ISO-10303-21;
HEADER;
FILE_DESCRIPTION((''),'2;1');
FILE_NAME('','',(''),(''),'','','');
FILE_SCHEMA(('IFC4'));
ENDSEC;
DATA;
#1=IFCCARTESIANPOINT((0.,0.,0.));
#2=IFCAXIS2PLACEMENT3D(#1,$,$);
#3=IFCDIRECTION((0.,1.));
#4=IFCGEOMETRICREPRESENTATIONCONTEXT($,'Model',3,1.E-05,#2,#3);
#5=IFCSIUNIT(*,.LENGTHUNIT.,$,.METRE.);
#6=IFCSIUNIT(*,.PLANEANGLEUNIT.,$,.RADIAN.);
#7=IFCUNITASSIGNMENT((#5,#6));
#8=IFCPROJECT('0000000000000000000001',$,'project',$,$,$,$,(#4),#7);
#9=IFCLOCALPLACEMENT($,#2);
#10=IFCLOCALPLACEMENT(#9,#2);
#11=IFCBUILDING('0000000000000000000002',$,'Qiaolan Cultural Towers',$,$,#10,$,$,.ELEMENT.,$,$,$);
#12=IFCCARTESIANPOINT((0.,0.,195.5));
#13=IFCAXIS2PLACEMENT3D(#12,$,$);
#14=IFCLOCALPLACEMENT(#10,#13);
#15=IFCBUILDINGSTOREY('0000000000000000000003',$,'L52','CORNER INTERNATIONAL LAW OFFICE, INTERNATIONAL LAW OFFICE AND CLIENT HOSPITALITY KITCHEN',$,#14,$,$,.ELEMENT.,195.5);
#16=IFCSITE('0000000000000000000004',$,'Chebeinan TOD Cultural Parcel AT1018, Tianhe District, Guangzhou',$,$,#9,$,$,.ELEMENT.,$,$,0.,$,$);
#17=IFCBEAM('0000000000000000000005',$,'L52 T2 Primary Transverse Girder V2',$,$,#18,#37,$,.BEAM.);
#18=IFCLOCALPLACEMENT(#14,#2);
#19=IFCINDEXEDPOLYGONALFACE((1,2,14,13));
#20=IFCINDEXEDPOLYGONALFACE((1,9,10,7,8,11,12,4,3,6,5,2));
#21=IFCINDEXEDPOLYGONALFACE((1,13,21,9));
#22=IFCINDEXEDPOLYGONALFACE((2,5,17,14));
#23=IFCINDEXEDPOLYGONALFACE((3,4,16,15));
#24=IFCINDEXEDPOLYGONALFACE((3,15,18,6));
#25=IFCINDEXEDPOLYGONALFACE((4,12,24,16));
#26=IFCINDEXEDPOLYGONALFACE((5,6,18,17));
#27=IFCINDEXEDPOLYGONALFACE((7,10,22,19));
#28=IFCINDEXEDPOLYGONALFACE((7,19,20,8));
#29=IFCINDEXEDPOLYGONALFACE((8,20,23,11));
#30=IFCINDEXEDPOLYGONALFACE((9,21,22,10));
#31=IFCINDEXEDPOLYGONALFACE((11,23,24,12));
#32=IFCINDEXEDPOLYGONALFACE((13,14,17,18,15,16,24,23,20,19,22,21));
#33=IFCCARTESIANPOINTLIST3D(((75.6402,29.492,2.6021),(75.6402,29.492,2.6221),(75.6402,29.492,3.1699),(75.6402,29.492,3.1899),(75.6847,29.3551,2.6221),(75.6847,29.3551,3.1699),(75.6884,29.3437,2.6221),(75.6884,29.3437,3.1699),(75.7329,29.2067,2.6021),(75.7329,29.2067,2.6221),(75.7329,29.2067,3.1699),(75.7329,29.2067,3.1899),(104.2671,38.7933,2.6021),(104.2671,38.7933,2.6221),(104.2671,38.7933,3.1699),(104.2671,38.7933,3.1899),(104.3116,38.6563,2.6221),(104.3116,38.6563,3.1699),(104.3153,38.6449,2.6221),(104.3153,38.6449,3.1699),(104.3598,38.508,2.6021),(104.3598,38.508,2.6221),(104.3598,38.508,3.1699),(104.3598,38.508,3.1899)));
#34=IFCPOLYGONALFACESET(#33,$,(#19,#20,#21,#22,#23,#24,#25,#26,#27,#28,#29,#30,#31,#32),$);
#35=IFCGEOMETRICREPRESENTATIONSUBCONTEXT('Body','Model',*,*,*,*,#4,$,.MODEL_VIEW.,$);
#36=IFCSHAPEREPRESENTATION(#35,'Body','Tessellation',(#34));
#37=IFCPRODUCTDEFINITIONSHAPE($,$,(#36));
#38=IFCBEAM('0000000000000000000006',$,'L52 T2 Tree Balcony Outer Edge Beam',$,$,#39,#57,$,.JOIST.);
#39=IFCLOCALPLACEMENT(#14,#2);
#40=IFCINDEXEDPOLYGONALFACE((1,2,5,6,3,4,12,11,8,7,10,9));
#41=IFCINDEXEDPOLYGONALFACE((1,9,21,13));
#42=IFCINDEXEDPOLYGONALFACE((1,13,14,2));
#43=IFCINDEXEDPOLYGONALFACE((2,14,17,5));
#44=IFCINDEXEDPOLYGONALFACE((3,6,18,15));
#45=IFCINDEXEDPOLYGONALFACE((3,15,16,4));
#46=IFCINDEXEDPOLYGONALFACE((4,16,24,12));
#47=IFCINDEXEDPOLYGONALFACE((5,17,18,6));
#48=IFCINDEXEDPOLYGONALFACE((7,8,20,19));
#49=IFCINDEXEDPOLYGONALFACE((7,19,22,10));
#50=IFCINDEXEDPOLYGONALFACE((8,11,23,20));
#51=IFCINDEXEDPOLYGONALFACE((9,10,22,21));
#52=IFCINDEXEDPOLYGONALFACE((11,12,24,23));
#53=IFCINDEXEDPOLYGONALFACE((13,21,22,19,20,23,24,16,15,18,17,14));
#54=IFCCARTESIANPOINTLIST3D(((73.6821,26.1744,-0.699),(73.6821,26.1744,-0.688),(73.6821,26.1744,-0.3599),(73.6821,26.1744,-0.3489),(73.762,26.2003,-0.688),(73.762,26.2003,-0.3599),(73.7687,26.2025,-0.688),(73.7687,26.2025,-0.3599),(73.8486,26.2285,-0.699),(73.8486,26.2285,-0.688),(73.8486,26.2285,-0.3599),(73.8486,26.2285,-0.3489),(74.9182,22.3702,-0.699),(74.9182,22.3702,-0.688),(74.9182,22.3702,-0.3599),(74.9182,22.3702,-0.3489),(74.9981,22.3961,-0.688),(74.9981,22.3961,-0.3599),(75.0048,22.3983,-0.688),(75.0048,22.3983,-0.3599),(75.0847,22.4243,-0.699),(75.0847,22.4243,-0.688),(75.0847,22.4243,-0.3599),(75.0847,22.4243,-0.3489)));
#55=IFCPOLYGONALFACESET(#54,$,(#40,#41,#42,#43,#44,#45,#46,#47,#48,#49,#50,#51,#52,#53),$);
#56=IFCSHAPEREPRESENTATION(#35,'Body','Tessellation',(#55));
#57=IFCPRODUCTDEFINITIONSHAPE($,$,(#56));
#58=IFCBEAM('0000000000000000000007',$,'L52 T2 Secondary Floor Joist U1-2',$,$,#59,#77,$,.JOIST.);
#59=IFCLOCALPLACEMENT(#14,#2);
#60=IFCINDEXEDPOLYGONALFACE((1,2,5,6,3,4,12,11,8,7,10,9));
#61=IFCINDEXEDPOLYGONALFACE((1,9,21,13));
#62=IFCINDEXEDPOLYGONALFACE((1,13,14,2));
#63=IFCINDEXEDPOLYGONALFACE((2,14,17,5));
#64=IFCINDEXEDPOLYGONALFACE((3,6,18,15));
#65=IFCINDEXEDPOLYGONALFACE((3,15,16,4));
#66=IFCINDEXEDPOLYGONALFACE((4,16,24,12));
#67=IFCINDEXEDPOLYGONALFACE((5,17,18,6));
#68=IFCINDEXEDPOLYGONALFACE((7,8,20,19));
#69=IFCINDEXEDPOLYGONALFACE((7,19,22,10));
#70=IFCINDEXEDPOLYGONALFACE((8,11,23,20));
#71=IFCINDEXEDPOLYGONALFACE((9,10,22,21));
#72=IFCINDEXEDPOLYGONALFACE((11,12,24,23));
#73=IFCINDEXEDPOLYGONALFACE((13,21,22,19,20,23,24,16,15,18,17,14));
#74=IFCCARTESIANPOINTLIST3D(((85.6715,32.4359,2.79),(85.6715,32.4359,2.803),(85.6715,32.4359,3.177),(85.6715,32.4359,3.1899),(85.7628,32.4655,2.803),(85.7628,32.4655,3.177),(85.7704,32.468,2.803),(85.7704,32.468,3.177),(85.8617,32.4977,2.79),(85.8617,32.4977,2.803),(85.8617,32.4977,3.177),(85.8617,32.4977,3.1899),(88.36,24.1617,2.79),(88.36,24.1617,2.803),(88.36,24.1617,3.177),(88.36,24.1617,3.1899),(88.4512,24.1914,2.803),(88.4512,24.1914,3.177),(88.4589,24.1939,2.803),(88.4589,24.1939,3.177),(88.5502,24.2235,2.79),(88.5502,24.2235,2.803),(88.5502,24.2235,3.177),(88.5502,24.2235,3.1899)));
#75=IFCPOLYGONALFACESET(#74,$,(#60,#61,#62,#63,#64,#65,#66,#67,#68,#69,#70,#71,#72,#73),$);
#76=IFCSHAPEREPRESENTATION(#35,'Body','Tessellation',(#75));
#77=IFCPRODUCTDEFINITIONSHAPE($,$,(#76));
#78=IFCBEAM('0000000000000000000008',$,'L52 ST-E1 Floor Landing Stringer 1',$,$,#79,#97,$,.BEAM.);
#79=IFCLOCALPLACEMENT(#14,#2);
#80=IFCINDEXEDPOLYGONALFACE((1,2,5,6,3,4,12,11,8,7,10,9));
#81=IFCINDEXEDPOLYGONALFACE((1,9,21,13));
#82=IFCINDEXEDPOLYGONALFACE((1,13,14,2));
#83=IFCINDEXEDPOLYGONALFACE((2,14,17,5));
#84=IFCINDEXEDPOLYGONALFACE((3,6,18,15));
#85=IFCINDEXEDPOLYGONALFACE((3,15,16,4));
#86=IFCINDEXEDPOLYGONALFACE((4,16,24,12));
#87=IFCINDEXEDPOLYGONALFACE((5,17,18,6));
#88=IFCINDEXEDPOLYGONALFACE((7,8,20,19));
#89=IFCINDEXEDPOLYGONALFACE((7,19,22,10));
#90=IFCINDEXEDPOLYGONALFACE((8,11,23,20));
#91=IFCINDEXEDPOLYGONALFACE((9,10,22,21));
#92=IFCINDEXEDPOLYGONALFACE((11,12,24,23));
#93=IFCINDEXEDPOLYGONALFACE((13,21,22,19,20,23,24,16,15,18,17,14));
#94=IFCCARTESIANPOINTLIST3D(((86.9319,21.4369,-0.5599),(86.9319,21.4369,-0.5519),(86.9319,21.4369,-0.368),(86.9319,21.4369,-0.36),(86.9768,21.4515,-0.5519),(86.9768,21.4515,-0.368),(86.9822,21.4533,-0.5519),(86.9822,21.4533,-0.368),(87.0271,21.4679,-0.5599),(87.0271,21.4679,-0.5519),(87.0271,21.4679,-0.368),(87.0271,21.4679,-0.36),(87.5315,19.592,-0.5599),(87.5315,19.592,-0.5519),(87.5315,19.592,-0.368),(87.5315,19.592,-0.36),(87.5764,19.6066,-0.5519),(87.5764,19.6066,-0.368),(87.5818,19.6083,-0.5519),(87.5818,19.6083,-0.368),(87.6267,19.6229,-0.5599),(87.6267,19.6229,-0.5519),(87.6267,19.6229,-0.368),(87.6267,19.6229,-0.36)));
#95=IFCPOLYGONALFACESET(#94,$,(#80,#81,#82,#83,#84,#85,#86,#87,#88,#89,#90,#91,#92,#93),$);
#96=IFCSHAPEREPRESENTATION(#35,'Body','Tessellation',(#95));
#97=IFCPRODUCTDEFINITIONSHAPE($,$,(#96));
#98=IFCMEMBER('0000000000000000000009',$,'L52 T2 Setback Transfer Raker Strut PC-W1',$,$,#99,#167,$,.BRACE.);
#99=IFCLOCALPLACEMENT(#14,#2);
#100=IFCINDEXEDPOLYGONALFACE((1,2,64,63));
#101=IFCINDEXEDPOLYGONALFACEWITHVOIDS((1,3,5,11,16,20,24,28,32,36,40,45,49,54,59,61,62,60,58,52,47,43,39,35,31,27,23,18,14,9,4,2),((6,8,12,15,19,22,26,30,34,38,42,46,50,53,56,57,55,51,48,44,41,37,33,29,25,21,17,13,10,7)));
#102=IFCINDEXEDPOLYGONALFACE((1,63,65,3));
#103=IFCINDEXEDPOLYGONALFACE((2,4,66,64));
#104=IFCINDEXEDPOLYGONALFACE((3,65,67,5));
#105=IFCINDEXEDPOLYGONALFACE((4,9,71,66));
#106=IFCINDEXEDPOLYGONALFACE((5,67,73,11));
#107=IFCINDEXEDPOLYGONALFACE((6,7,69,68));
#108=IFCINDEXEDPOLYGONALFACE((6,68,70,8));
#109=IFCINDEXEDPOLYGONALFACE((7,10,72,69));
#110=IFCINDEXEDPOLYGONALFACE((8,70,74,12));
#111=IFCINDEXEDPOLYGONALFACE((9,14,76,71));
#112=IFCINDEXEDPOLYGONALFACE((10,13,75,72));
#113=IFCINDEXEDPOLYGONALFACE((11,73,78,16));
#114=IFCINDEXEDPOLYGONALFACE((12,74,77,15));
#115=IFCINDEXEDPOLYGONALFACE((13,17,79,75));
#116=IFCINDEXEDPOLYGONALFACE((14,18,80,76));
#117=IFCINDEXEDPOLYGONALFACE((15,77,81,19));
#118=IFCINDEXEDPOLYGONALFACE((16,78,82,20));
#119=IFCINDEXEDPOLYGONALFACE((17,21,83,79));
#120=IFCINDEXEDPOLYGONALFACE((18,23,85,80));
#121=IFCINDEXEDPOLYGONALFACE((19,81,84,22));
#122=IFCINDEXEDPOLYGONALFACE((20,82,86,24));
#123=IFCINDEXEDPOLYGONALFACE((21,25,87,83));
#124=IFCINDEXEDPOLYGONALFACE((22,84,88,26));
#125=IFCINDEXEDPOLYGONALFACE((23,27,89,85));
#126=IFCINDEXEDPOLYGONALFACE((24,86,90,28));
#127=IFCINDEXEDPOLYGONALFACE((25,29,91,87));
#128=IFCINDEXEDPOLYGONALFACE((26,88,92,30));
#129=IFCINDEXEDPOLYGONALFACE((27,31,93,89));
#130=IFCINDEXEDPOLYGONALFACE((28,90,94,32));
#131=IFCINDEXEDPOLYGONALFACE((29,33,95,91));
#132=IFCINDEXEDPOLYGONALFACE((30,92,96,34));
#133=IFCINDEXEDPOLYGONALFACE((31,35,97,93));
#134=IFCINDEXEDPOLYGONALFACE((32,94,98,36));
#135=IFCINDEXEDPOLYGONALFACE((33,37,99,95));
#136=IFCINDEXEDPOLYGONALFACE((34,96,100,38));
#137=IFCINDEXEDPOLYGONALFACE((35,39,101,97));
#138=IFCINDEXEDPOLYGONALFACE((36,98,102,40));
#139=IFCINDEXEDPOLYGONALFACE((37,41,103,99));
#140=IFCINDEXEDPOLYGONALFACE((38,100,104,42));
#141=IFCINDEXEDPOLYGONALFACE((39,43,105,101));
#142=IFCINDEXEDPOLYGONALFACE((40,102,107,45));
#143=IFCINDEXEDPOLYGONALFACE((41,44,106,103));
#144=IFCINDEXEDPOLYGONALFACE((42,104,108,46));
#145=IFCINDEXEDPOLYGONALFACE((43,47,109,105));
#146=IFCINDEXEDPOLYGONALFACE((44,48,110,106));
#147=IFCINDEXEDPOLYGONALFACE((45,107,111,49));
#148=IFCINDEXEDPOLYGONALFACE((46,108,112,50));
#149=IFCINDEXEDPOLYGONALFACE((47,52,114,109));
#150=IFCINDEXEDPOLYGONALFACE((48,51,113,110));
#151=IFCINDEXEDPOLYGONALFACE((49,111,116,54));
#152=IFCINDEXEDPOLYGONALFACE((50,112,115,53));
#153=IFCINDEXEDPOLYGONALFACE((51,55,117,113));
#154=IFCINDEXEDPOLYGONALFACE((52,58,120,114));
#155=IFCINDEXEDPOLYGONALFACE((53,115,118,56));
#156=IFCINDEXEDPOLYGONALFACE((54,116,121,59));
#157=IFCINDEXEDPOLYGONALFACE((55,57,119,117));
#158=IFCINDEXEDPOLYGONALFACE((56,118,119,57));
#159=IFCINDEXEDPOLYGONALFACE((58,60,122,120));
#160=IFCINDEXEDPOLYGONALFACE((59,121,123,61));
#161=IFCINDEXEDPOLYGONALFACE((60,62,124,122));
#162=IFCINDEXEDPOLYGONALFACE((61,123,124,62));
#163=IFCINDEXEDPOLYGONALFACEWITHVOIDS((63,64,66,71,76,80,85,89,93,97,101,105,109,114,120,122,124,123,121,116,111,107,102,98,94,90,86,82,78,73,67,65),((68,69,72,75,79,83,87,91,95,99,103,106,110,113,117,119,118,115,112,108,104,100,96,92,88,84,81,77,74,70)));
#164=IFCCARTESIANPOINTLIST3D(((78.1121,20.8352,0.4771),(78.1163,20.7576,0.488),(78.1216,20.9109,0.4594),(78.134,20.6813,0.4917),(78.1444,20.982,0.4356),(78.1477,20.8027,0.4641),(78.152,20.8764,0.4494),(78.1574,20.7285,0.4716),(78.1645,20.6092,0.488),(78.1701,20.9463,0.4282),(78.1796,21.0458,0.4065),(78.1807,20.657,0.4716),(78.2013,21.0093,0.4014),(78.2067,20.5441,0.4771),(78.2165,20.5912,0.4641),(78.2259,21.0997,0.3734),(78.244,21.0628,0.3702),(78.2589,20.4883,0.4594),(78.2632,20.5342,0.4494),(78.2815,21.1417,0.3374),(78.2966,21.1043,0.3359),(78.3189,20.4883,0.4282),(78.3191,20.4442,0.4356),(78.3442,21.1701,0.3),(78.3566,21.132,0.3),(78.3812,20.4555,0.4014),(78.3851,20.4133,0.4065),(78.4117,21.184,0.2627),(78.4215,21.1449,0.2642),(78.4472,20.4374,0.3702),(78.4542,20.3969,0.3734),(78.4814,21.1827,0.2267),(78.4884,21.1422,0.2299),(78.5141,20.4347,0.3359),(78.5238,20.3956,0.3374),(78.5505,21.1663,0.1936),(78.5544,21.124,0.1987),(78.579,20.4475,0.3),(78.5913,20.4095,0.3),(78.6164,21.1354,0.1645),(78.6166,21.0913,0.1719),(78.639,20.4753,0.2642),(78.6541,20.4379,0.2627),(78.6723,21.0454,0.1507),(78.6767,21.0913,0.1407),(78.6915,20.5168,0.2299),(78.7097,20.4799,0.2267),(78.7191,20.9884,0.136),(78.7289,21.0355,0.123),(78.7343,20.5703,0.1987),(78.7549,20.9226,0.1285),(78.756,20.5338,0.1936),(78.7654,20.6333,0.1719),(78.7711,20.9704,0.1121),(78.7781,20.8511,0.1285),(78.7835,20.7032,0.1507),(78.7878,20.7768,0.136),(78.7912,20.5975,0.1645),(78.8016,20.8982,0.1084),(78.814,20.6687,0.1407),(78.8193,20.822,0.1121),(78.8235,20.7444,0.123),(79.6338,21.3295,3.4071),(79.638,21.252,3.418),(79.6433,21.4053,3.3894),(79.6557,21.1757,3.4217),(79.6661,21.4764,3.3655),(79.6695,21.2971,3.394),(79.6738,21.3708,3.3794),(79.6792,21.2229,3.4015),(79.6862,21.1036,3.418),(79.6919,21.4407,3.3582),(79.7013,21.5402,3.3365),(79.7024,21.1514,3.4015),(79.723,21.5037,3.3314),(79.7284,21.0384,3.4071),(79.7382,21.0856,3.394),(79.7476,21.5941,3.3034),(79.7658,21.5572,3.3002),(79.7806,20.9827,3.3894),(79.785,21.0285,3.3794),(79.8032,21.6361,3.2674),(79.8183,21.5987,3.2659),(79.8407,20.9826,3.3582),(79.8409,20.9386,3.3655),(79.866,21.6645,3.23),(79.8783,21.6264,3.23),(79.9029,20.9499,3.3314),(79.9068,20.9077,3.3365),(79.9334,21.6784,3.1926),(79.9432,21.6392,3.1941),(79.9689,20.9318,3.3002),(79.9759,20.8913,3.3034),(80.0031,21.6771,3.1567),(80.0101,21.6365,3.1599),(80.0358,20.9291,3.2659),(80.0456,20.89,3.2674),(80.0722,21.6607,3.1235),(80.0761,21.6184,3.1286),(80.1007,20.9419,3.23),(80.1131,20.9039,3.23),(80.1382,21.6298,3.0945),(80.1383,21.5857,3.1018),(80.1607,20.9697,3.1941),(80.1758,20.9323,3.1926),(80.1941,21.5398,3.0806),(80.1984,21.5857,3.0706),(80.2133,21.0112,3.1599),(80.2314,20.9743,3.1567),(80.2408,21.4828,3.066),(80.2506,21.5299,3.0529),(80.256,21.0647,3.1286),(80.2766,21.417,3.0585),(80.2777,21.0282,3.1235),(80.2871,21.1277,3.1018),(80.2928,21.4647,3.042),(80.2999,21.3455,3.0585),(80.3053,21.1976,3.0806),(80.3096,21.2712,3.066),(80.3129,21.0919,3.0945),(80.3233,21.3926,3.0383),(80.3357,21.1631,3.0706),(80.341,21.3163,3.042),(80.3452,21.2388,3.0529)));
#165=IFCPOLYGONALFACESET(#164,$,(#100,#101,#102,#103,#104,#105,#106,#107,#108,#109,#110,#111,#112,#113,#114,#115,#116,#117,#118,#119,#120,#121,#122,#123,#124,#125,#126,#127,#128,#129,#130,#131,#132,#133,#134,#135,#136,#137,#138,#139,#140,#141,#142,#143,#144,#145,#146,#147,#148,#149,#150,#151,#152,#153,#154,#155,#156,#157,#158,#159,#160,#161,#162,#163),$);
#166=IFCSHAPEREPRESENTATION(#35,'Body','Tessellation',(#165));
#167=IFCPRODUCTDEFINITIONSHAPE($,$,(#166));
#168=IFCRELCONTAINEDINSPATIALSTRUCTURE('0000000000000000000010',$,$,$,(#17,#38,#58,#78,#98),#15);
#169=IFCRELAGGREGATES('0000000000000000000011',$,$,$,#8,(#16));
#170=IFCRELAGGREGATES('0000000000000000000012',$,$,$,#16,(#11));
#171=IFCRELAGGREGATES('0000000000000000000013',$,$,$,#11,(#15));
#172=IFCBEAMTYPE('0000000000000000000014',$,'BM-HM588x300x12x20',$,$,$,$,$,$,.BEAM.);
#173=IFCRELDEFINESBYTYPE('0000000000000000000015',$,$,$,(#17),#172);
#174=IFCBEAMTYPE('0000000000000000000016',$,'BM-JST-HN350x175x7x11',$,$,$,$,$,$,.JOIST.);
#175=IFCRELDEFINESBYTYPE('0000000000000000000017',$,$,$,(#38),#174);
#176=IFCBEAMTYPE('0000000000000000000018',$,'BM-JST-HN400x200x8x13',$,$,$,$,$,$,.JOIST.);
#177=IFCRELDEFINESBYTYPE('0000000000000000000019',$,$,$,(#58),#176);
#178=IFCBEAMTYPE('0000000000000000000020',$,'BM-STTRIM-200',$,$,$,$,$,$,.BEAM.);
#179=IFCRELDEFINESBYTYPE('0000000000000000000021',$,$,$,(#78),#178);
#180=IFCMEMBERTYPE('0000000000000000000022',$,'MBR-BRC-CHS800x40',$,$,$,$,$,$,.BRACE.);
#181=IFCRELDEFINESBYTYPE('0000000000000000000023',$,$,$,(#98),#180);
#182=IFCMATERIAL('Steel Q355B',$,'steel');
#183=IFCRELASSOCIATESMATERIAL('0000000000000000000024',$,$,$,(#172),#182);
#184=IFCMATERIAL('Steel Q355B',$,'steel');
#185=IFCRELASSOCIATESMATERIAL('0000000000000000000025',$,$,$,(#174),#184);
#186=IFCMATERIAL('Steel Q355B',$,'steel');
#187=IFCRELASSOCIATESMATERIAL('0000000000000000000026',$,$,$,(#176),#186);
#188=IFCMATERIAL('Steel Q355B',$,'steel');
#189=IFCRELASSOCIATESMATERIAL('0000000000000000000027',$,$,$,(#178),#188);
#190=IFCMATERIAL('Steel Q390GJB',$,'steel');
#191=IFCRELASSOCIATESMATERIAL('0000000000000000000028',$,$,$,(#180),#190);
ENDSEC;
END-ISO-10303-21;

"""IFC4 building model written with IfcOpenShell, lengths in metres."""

from ifc_helpers import new_model, si_unit, direction, frame, origin, origin_2d, place, context, subcontext, project, spatial, hollow_circle, i_section, extrude, material, material_profile, profile_set, type_object, element, save


model = new_model("IFC4")

# Units and contexts
model_context = context("Model", 3, precision=1e-05, world=origin(), true_north=direction((0.0, 1.0)))
body_context = subcontext(model_context, "Body", "Model", "MODEL_VIEW")
ifc_project = project(units=[si_unit("LENGTHUNIT", "METRE"), si_unit("PLANEANGLEUNIT", "RADIAN")], contexts=[model_context])

# Site, building, storey
site_placement = place(None, origin())
site = spatial("IfcSite", under=ifc_project, at=site_placement, Name="Chebeinan TOD Cultural Parcel AT1018, Tianhe District, Guangzhou", CompositionType="ELEMENT", RefElevation=0.0)
building_placement = place(site_placement, origin())
building = spatial("IfcBuilding", under=site, at=building_placement, Name="Qiaolan Cultural Towers", CompositionType="ELEMENT")
storey_placement = place(building_placement, frame((0.0, 0.0, 195.5)))
storey = spatial("IfcBuildingStorey", under=building, at=storey_placement, Name="L52", Description="CORNER INTERNATIONAL LAW OFFICE, INTERNATIONAL LAW OFFICE AND CLIENT HOSPITALITY KITCHEN", CompositionType="ELEMENT", Elevation=195.5)

# Beams
ifc_material_1 = material(Name="Steel Q355B", Category="steel")
ifc_material_profile_1 = material_profile(ifc_material_1, i_section(OverallWidth=0.3, OverallDepth=0.5879, WebThickness=0.012, FlangeThickness=0.02, at=origin_2d()), Name="HM588x300x12x20")
ifc_profile_set_1 = profile_set([ifc_material_profile_1], Name="Steel Q355B")
beam_type_1 = type_object("IfcBeamType", Name="BM-HM588x300x12x20", PredefinedType="BEAM", material=ifc_profile_set_1)
beam_1_placement = place(storey_placement, frame((75.6865, 29.3494, 2.896), z_axis=(0.951058, 0.309011, 0.0), x_axis=(-0.309011, 0.951058, 0.0)))
element("IfcBeam", 1, at=beam_1_placement, inside=storey, type_object=beam_type_1, Name="L52 T2 Primary Transverse Girder V2", PredefinedType="BEAM", context=body_context, shape_type="SweptSolid", body=[
    extrude(i_section(OverallWidth=0.3, OverallDepth=0.5879, WebThickness=0.012, FlangeThickness=0.02, at=origin_2d()), origin(), (0.0, 0.0, 1.0), 30.1001),
])
ifc_material_2 = material(Name="Steel Q355B", Category="steel")
ifc_material_profile_2 = material_profile(ifc_material_2, i_section(OverallWidth=0.175, OverallDepth=0.3501, WebThickness=0.0071, FlangeThickness=0.011, at=origin_2d()), Name="HN350x175x7x11")
ifc_profile_set_2 = profile_set([ifc_material_profile_2], Name="Steel Q355B")
beam_type_2 = type_object("IfcBeamType", Name="BM-JST-HN350x175x7x11", PredefinedType="JOIST", material=ifc_profile_set_2)
beam_2_placement = place(storey_placement, frame((75.0015, 22.3972, -0.5239), z_axis=(-0.309023, 0.951055, 0.0), x_axis=(-0.951055, -0.309023, 0.0)))
element("IfcBeam", 2, at=beam_2_placement, inside=storey, type_object=beam_type_2, Name="L52 T2 Tree Balcony Outer Edge Beam", PredefinedType="JOIST", context=body_context, shape_type="SweptSolid", body=[
    extrude(i_section(OverallWidth=0.175, OverallDepth=0.3501, WebThickness=0.0071, FlangeThickness=0.011, at=origin_2d()), origin(), (0.0, 0.0, 1.0), 4.0),
])
ifc_material_3 = material(Name="Steel Q355B", Category="steel")
ifc_material_profile_3 = material_profile(ifc_material_3, i_section(OverallWidth=0.2, OverallDepth=0.3999, WebThickness=0.0081, FlangeThickness=0.0129, at=origin_2d()), Name="HN400x200x8x13")
ifc_profile_set_3 = profile_set([ifc_material_profile_3], Name="Steel Q355B")
beam_type_3 = type_object("IfcBeamType", Name="BM-JST-HN400x200x8x13", PredefinedType="JOIST", material=ifc_profile_set_3)
beam_3_placement = place(storey_placement, frame((88.4551, 24.1926, 2.99), z_axis=(-0.309021, 0.951055, 0.0), x_axis=(-0.951055, -0.309021, 0.0)))
element("IfcBeam", 3, at=beam_3_placement, inside=storey, type_object=beam_type_3, Name="L52 T2 Secondary Floor Joist U1-2", PredefinedType="JOIST", context=body_context, shape_type="SweptSolid", body=[
    extrude(i_section(OverallWidth=0.2, OverallDepth=0.3999, WebThickness=0.0081, FlangeThickness=0.0129, at=origin_2d()), origin(), (0.0, 0.0, 1.0), 8.7),
])
ifc_material_4 = material(Name="Steel Q355B", Category="steel")
ifc_material_profile_4 = material_profile(ifc_material_4, i_section(OverallWidth=0.1001, OverallDepth=0.2, WebThickness=0.0056, FlangeThickness=0.0081, at=origin_2d()), Name="HN200x100x5.5x8")
ifc_profile_set_4 = profile_set([ifc_material_profile_4], Name="Steel Q355B")
beam_type_4 = type_object("IfcBeamType", Name="BM-STTRIM-200", PredefinedType="BEAM", material=ifc_profile_set_4)
beam_4_placement = place(storey_placement, frame((86.9795, 21.4524, -0.46), z_axis=(0.309083, -0.951035, 0.0), x_axis=(0.951035, 0.309083, 0.0)))
element("IfcBeam", 4, at=beam_4_placement, inside=storey, type_object=beam_type_4, Name="L52 ST-E1 Floor Landing Stringer 1", PredefinedType="BEAM", context=body_context, shape_type="SweptSolid", body=[
    extrude(i_section(OverallWidth=0.1001, OverallDepth=0.2, WebThickness=0.0056, FlangeThickness=0.0081, at=origin_2d()), origin(), (0.0, 0.0, 1.0), 1.9399),
])

# Member
ifc_material_5 = material(Name="Steel Q390GJB", Category="steel")
ifc_material_profile_5 = material_profile(ifc_material_5, hollow_circle(Radius=0.3999, WallThickness=0.04, at=origin_2d()), Name="CHS800x40")
ifc_profile_set_5 = profile_set([ifc_material_profile_5], Name="Steel Q390GJB")
member_type = type_object("IfcMemberType", Name="MBR-BRC-CHS800x40", PredefinedType="BRACE", material=ifc_profile_set_5)
for number, where, z_axis, x_axis, name in (
    (5, (78.4678, 20.7898, 0.3), (0.455833, 0.148093, 0.877659), (-0.308986, 0.951067, 0.0), "L52 T2 Setback Transfer Raker Strut PC-W1"),
):
    element("IfcMember", number, at=place(storey_placement, frame(where, z_axis=z_axis, x_axis=x_axis)), inside=storey, type_object=member_type, Name=name, PredefinedType="BRACE", context=body_context, shape_type="SweptSolid", body=[
        extrude(hollow_circle(Radius=0.3999, WallThickness=0.04, at=origin_2d()), origin(), (0.0, 0.0, 1.0), 3.3384),
    ])

save(model, "model.ifc")
